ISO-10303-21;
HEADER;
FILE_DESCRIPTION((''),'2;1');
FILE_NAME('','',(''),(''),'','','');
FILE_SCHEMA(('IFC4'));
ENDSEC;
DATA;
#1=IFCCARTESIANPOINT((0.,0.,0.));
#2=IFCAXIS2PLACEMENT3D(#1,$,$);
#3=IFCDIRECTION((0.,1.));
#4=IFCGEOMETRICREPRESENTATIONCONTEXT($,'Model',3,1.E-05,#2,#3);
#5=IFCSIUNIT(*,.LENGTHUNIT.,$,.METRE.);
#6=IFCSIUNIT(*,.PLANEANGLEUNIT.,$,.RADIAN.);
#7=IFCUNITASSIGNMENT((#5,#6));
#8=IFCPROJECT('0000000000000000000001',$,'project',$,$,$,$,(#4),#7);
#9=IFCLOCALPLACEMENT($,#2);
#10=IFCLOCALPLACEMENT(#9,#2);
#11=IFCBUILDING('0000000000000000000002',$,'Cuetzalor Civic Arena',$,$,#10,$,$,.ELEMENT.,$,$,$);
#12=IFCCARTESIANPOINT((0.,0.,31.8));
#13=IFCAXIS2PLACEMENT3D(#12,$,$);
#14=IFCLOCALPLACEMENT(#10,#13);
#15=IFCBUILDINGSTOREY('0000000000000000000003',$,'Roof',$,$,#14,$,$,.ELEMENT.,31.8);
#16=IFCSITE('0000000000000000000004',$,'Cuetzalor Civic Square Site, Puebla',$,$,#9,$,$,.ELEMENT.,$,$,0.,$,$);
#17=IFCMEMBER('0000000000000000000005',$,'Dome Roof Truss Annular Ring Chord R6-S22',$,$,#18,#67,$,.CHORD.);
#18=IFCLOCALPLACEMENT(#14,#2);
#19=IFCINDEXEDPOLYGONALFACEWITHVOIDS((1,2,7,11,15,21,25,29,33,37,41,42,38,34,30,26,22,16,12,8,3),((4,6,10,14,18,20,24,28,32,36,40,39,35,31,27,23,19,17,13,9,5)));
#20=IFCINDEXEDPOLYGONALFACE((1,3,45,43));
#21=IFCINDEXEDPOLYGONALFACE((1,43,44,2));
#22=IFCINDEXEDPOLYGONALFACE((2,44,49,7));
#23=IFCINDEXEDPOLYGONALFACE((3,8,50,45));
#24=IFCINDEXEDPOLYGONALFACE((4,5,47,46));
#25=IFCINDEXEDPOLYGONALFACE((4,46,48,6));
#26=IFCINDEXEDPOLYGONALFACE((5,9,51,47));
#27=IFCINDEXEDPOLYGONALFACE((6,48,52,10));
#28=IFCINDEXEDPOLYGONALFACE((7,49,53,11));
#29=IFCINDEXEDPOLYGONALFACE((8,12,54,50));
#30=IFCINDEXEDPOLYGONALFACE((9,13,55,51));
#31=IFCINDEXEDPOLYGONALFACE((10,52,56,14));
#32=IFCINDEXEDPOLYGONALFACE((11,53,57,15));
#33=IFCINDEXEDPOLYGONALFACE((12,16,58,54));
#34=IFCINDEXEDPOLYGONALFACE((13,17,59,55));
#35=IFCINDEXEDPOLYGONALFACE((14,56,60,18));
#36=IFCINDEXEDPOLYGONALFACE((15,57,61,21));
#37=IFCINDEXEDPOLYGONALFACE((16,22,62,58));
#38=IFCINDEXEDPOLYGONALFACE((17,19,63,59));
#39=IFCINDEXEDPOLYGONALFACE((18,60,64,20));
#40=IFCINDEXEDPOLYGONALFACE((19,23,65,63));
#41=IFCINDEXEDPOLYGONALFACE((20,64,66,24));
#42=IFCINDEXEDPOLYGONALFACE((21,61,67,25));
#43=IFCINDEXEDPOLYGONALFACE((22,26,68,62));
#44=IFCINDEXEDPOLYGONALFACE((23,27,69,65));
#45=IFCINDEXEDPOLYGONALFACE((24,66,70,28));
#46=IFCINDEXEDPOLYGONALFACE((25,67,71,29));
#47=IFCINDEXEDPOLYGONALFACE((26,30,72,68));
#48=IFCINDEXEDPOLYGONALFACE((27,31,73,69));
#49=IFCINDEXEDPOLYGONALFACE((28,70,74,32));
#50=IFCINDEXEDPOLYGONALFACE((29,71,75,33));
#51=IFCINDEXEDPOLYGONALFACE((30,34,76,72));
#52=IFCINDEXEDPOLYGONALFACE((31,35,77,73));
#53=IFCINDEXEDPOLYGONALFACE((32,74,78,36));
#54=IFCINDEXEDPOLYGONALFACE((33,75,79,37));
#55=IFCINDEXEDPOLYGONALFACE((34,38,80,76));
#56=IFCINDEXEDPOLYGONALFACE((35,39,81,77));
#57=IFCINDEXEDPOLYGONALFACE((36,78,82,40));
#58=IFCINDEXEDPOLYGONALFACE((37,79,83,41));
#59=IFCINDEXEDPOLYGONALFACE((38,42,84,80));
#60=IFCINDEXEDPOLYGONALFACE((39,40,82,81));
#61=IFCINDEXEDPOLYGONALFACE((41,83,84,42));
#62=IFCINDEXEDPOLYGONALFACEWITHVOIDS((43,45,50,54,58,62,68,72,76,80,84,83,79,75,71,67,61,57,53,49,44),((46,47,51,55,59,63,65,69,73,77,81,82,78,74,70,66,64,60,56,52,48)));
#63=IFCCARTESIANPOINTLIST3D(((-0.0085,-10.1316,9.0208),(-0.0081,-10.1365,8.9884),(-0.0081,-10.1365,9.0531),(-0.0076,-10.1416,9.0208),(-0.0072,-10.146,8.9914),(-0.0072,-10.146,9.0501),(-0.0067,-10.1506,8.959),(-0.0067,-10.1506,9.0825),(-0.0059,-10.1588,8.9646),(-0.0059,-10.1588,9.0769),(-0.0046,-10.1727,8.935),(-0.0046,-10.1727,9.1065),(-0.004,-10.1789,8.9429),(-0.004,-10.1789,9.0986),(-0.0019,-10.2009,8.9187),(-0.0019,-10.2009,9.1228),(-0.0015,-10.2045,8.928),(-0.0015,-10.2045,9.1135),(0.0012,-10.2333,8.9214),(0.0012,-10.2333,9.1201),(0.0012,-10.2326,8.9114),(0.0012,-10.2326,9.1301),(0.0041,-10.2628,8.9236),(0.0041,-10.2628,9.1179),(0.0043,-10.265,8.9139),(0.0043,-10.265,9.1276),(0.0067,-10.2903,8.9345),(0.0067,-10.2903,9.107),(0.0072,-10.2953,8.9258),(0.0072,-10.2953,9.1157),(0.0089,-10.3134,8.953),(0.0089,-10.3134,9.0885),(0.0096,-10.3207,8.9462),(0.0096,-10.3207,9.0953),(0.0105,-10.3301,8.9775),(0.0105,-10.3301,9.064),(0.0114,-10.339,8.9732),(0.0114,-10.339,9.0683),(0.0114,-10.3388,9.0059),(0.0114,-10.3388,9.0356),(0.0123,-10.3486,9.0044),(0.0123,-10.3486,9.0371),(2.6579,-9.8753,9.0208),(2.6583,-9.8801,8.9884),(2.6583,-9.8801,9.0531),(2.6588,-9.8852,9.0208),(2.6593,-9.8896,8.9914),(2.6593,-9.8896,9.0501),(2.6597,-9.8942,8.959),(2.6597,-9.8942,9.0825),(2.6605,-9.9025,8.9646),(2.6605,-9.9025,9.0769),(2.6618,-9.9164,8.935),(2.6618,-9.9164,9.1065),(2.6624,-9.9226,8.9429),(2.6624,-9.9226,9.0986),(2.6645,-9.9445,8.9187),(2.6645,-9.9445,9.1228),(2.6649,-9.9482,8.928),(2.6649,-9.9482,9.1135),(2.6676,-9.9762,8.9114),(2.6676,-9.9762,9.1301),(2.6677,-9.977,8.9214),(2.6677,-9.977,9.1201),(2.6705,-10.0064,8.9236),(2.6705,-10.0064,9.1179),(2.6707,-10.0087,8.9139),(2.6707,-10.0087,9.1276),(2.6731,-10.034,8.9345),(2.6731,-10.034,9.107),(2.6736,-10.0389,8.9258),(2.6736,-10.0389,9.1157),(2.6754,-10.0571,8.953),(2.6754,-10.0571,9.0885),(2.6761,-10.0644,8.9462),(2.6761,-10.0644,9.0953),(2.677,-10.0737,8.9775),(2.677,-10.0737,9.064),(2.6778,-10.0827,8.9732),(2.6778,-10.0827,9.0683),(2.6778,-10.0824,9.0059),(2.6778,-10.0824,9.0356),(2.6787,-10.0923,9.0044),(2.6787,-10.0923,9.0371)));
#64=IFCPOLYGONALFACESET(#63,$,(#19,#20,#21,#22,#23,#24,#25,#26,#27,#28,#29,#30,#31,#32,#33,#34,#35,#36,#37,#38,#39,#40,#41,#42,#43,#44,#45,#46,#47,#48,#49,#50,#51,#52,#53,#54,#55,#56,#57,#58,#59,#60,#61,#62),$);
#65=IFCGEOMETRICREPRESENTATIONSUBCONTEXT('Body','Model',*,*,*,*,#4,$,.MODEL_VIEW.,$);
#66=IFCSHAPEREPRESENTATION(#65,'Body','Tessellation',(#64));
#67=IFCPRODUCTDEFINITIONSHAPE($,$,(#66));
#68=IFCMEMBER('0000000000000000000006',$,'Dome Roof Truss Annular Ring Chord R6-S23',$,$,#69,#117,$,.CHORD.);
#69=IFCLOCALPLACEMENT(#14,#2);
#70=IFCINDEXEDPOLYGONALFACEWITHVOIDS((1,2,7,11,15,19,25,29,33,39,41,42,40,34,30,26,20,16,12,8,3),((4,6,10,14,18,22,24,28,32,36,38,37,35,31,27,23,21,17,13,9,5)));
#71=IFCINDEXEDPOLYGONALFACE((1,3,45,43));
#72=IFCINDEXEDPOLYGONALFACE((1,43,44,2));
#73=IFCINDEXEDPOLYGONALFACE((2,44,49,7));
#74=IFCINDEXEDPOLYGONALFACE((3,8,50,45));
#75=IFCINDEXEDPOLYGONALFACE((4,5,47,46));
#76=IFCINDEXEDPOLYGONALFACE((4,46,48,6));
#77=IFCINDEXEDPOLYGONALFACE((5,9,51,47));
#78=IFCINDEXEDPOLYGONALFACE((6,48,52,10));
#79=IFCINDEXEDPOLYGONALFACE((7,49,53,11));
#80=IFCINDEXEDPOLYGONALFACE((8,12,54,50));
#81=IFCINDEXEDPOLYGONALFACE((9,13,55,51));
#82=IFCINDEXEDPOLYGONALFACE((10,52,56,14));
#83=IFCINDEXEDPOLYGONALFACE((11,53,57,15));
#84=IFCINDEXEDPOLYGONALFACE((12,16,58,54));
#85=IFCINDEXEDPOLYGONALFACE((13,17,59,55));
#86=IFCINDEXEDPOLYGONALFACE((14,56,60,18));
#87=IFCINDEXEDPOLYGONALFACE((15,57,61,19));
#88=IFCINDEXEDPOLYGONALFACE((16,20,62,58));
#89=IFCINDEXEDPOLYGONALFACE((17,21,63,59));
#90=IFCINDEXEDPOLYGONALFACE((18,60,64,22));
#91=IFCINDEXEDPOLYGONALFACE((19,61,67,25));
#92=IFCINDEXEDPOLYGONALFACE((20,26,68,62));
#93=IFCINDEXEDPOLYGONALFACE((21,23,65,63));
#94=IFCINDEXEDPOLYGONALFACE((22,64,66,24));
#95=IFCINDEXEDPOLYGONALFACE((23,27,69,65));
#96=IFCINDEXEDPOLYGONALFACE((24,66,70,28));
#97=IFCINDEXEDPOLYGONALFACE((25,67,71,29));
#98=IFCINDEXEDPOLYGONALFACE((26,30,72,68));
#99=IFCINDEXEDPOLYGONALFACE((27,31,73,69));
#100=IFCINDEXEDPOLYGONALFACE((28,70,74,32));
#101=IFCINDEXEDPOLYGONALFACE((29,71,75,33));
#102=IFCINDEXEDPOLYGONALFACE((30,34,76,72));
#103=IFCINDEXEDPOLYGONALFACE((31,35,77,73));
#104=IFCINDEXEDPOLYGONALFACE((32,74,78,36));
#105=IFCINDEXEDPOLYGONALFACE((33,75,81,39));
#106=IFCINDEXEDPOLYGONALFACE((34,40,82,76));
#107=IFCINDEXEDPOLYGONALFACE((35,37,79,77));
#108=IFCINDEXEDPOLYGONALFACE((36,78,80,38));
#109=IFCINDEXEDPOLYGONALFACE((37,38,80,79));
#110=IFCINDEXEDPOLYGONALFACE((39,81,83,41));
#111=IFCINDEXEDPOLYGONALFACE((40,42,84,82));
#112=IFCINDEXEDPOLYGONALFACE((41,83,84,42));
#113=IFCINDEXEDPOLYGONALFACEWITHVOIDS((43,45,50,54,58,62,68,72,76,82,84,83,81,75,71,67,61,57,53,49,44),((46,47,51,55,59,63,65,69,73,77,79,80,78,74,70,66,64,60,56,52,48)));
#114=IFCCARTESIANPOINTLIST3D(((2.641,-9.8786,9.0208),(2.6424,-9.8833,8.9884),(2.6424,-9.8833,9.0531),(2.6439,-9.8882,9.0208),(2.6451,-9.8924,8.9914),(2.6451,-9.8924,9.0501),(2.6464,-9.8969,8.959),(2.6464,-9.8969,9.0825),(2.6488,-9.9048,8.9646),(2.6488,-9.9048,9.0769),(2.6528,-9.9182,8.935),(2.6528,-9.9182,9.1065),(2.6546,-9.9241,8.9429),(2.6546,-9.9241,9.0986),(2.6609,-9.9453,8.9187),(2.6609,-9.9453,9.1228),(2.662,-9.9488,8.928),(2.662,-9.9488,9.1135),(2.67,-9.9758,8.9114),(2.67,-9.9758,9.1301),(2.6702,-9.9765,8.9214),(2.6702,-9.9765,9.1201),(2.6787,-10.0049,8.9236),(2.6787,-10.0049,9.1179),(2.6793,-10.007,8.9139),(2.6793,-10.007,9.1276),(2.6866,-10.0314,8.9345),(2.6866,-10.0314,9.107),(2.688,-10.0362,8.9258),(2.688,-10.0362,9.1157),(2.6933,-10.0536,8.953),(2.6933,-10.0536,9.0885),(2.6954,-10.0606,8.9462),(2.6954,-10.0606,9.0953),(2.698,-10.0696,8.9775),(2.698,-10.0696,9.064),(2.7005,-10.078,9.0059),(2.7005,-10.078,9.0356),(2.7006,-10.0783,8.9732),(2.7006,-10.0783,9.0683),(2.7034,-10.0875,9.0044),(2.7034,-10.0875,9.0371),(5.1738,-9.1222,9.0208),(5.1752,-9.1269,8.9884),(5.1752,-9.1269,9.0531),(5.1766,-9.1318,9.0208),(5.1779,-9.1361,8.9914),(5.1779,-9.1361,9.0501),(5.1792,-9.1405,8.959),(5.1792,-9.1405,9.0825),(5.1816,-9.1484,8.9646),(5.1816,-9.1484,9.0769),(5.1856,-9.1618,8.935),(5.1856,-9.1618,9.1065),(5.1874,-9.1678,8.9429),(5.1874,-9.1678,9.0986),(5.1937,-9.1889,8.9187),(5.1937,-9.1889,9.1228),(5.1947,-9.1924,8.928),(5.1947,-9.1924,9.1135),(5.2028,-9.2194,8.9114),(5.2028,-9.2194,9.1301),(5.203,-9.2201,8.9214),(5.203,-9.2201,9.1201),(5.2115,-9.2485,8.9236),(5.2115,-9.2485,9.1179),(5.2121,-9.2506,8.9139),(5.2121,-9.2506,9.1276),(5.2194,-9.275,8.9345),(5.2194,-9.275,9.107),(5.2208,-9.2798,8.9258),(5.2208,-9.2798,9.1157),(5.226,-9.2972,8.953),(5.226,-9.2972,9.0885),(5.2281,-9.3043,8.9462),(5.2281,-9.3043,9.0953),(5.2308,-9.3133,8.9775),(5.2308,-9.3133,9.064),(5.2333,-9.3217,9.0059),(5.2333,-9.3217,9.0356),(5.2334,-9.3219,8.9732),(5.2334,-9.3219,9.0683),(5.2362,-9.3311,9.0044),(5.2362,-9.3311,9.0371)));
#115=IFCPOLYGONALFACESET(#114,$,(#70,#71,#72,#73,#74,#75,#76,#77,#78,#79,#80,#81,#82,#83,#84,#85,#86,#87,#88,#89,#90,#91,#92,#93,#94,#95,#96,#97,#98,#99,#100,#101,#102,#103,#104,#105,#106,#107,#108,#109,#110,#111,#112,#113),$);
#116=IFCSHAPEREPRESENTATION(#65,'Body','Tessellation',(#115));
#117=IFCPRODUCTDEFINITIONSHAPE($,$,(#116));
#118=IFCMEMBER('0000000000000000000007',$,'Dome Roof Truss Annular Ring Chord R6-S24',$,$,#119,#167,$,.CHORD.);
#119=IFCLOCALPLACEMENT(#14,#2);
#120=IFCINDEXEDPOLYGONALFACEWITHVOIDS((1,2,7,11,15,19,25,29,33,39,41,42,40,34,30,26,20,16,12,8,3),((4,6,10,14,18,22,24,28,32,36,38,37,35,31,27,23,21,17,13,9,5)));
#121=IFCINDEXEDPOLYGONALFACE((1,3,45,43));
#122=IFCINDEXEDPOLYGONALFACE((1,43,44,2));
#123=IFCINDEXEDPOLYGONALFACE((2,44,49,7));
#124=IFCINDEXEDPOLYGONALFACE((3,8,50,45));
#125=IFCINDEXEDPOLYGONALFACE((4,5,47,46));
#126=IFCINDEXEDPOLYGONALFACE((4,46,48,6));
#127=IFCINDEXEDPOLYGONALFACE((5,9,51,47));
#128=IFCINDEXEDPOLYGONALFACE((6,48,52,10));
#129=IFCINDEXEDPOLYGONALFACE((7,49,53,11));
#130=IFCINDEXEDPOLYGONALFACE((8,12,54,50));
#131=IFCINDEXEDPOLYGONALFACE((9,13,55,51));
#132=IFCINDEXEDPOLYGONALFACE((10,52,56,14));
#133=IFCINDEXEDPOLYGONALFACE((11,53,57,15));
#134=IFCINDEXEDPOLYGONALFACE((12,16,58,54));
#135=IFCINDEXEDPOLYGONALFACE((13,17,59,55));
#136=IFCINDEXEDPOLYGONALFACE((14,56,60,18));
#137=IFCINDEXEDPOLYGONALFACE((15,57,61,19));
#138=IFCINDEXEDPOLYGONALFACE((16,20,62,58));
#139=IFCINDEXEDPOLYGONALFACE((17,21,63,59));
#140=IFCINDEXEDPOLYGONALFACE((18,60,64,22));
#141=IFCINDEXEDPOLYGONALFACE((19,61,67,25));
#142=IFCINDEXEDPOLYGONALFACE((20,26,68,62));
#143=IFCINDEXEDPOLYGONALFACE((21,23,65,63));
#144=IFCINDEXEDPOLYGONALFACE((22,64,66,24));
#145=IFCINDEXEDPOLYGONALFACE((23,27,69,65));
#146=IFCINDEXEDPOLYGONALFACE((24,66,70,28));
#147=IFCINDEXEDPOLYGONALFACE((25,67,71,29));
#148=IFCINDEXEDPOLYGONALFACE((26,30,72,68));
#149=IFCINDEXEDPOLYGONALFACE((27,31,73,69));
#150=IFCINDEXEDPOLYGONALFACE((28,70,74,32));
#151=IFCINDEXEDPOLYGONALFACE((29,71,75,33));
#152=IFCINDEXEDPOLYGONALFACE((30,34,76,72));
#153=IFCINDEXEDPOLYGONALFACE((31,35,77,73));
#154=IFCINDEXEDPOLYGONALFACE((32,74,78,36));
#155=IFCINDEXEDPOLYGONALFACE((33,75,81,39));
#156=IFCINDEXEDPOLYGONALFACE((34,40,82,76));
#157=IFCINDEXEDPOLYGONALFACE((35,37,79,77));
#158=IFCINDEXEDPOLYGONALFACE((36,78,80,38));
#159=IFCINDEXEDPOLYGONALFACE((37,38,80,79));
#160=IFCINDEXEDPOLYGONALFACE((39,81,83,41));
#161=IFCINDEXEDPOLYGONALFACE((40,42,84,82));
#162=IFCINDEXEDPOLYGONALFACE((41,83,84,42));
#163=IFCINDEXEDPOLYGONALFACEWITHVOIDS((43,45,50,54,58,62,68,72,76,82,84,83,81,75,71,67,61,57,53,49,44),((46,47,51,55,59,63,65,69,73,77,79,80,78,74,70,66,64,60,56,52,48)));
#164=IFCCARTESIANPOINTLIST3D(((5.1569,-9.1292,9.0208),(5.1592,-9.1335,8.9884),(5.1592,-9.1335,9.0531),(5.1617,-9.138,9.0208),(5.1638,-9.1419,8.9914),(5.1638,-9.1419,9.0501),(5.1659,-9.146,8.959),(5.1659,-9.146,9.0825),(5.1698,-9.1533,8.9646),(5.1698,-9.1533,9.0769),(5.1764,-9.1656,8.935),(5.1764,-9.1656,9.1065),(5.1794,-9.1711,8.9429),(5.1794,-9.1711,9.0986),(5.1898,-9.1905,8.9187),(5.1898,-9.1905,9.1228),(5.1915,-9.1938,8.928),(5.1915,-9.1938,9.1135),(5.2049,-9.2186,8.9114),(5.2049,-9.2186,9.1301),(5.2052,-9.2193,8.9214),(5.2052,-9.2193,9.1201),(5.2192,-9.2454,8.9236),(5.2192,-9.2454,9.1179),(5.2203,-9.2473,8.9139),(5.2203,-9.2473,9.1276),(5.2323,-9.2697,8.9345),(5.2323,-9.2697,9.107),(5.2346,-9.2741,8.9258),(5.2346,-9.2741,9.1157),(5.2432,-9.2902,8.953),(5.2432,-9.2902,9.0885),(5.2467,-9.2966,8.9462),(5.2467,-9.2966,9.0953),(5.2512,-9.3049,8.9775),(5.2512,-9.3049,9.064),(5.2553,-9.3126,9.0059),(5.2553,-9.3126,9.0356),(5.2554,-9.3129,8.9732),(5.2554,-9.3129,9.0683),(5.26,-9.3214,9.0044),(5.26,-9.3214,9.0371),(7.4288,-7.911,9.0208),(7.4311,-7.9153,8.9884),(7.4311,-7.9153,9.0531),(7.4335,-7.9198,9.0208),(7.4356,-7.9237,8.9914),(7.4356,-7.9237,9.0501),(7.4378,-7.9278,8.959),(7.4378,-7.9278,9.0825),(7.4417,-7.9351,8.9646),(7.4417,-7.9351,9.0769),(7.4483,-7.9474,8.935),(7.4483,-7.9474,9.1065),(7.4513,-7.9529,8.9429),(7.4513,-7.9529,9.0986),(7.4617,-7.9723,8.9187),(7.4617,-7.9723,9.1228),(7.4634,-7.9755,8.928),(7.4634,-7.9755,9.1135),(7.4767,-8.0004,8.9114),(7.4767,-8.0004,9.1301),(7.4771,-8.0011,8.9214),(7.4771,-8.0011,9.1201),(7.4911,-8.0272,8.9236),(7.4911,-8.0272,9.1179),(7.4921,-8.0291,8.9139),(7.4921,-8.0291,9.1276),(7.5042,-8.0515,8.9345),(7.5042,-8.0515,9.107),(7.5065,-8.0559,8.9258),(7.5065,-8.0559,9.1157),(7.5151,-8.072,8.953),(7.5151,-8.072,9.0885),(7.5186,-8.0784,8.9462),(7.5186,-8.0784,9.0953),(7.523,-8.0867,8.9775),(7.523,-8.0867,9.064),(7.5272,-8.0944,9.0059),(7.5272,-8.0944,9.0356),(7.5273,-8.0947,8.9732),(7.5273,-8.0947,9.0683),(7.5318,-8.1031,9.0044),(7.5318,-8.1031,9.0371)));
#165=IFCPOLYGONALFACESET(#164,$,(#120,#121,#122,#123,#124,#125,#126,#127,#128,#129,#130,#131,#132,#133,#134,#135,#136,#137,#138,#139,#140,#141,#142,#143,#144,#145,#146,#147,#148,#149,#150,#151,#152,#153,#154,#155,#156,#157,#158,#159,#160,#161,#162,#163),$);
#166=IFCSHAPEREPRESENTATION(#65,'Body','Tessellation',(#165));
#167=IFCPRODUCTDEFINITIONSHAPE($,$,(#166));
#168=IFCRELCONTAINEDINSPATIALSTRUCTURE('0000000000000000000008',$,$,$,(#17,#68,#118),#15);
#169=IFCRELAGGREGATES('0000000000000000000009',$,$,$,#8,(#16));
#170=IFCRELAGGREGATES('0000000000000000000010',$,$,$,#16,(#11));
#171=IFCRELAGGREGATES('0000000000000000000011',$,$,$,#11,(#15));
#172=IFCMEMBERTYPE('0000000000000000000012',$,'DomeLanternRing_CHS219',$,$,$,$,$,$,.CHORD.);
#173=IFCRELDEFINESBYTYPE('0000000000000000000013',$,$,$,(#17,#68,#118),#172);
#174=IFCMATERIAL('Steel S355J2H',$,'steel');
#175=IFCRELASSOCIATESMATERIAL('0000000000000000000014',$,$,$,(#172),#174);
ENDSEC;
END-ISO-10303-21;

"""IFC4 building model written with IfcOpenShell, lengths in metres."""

from ifc_helpers import new_model, si_unit, direction, frame, origin, origin_2d, place, context, subcontext, project, spatial, hollow_circle, extrude, material, material_profile, profile_set, type_object, element, save


model = new_model("IFC4")

# Units and contexts
model_context = context("Model", 3, precision=1e-05, world=origin(), true_north=direction((0.0, 1.0)))
body_context = subcontext(model_context, "Body", "Model", "MODEL_VIEW")
ifc_project = project(units=[si_unit("LENGTHUNIT", "METRE"), si_unit("PLANEANGLEUNIT", "RADIAN")], contexts=[model_context])

# Site, building, storey
site_placement = place(None, origin())
site = spatial("IfcSite", under=ifc_project, at=site_placement, Name="Cuetzalor Civic Square Site, Puebla", CompositionType="ELEMENT", RefElevation=0.0)
building_placement = place(site_placement, origin())
building = spatial("IfcBuilding", under=site, at=building_placement, Name="Cuetzalor Civic Arena", CompositionType="ELEMENT")
storey_placement = place(building_placement, frame((0.0, 0.0, 31.8)))
storey = spatial("IfcBuildingStorey", under=building, at=storey_placement, Name="Roof", CompositionType="ELEMENT", Elevation=31.8)

# Members
ifc_material_1 = material(Name="Steel S355J2H", Category="steel")
ifc_material_profile_1 = material_profile(ifc_material_1, hollow_circle(Radius=0.1096, WallThickness=0.01, at=origin_2d()), Name="CHS 219.1x10")
ifc_profile_set_1 = profile_set([ifc_material_profile_1], Name="Steel S355J2H")
member_type_1 = type_object("IfcMemberType", Name="DomeLanternRing_CHS219", PredefinedType="CHORD", material=ifc_profile_set_1)
member_1_placement = place(storey_placement, frame((0.002, -10.2407, 9.0208), z_axis=(0.995411, 0.095695, 0.0), x_axis=(-0.095695, 0.995411, 0.0)))
element("IfcMember", 1, at=member_1_placement, inside=storey, type_object=member_type_1, Name="Dome Roof Truss Annular Ring Chord R6-S22", PredefinedType="CHORD", context=body_context, shape_type="SweptSolid", body=[
    extrude(hollow_circle(Radius=0.1096, WallThickness=0.01, at=origin_2d()), origin(), (0.0, 0.0, 1.0), 2.6787),
])
member_2_placement = place(storey_placement, frame((2.6724, -9.9836, 9.0208), z_axis=(0.958187, 0.286144, 0.0), x_axis=(-0.286144, 0.958187, 0.0)))
element("IfcMember", 2, at=member_2_placement, inside=storey, type_object=member_type_1, Name="Dome Roof Truss Annular Ring Chord R6-S23", PredefinedType="CHORD", context=body_context, shape_type="SweptSolid", body=[
    extrude(hollow_circle(Radius=0.1096, WallThickness=0.01, at=origin_2d()), origin(), (0.0, 0.0, 1.0), 2.6433),
])
member_3_placement = place(storey_placement, frame((5.2087, -9.2258, 9.0208), z_axis=(0.881297, 0.472563, 0.0), x_axis=(-0.472563, 0.881297, 0.0)))
element("IfcMember", 3, at=member_3_placement, inside=storey, type_object=member_type_1, Name="Dome Roof Truss Annular Ring Chord R6-S24", PredefinedType="CHORD", context=body_context, shape_type="SweptSolid", body=[
    extrude(hollow_circle(Radius=0.1096, WallThickness=0.01, at=origin_2d()), origin(), (0.0, 0.0, 1.0), 2.5779),
])

save(model, "model.ifc")
